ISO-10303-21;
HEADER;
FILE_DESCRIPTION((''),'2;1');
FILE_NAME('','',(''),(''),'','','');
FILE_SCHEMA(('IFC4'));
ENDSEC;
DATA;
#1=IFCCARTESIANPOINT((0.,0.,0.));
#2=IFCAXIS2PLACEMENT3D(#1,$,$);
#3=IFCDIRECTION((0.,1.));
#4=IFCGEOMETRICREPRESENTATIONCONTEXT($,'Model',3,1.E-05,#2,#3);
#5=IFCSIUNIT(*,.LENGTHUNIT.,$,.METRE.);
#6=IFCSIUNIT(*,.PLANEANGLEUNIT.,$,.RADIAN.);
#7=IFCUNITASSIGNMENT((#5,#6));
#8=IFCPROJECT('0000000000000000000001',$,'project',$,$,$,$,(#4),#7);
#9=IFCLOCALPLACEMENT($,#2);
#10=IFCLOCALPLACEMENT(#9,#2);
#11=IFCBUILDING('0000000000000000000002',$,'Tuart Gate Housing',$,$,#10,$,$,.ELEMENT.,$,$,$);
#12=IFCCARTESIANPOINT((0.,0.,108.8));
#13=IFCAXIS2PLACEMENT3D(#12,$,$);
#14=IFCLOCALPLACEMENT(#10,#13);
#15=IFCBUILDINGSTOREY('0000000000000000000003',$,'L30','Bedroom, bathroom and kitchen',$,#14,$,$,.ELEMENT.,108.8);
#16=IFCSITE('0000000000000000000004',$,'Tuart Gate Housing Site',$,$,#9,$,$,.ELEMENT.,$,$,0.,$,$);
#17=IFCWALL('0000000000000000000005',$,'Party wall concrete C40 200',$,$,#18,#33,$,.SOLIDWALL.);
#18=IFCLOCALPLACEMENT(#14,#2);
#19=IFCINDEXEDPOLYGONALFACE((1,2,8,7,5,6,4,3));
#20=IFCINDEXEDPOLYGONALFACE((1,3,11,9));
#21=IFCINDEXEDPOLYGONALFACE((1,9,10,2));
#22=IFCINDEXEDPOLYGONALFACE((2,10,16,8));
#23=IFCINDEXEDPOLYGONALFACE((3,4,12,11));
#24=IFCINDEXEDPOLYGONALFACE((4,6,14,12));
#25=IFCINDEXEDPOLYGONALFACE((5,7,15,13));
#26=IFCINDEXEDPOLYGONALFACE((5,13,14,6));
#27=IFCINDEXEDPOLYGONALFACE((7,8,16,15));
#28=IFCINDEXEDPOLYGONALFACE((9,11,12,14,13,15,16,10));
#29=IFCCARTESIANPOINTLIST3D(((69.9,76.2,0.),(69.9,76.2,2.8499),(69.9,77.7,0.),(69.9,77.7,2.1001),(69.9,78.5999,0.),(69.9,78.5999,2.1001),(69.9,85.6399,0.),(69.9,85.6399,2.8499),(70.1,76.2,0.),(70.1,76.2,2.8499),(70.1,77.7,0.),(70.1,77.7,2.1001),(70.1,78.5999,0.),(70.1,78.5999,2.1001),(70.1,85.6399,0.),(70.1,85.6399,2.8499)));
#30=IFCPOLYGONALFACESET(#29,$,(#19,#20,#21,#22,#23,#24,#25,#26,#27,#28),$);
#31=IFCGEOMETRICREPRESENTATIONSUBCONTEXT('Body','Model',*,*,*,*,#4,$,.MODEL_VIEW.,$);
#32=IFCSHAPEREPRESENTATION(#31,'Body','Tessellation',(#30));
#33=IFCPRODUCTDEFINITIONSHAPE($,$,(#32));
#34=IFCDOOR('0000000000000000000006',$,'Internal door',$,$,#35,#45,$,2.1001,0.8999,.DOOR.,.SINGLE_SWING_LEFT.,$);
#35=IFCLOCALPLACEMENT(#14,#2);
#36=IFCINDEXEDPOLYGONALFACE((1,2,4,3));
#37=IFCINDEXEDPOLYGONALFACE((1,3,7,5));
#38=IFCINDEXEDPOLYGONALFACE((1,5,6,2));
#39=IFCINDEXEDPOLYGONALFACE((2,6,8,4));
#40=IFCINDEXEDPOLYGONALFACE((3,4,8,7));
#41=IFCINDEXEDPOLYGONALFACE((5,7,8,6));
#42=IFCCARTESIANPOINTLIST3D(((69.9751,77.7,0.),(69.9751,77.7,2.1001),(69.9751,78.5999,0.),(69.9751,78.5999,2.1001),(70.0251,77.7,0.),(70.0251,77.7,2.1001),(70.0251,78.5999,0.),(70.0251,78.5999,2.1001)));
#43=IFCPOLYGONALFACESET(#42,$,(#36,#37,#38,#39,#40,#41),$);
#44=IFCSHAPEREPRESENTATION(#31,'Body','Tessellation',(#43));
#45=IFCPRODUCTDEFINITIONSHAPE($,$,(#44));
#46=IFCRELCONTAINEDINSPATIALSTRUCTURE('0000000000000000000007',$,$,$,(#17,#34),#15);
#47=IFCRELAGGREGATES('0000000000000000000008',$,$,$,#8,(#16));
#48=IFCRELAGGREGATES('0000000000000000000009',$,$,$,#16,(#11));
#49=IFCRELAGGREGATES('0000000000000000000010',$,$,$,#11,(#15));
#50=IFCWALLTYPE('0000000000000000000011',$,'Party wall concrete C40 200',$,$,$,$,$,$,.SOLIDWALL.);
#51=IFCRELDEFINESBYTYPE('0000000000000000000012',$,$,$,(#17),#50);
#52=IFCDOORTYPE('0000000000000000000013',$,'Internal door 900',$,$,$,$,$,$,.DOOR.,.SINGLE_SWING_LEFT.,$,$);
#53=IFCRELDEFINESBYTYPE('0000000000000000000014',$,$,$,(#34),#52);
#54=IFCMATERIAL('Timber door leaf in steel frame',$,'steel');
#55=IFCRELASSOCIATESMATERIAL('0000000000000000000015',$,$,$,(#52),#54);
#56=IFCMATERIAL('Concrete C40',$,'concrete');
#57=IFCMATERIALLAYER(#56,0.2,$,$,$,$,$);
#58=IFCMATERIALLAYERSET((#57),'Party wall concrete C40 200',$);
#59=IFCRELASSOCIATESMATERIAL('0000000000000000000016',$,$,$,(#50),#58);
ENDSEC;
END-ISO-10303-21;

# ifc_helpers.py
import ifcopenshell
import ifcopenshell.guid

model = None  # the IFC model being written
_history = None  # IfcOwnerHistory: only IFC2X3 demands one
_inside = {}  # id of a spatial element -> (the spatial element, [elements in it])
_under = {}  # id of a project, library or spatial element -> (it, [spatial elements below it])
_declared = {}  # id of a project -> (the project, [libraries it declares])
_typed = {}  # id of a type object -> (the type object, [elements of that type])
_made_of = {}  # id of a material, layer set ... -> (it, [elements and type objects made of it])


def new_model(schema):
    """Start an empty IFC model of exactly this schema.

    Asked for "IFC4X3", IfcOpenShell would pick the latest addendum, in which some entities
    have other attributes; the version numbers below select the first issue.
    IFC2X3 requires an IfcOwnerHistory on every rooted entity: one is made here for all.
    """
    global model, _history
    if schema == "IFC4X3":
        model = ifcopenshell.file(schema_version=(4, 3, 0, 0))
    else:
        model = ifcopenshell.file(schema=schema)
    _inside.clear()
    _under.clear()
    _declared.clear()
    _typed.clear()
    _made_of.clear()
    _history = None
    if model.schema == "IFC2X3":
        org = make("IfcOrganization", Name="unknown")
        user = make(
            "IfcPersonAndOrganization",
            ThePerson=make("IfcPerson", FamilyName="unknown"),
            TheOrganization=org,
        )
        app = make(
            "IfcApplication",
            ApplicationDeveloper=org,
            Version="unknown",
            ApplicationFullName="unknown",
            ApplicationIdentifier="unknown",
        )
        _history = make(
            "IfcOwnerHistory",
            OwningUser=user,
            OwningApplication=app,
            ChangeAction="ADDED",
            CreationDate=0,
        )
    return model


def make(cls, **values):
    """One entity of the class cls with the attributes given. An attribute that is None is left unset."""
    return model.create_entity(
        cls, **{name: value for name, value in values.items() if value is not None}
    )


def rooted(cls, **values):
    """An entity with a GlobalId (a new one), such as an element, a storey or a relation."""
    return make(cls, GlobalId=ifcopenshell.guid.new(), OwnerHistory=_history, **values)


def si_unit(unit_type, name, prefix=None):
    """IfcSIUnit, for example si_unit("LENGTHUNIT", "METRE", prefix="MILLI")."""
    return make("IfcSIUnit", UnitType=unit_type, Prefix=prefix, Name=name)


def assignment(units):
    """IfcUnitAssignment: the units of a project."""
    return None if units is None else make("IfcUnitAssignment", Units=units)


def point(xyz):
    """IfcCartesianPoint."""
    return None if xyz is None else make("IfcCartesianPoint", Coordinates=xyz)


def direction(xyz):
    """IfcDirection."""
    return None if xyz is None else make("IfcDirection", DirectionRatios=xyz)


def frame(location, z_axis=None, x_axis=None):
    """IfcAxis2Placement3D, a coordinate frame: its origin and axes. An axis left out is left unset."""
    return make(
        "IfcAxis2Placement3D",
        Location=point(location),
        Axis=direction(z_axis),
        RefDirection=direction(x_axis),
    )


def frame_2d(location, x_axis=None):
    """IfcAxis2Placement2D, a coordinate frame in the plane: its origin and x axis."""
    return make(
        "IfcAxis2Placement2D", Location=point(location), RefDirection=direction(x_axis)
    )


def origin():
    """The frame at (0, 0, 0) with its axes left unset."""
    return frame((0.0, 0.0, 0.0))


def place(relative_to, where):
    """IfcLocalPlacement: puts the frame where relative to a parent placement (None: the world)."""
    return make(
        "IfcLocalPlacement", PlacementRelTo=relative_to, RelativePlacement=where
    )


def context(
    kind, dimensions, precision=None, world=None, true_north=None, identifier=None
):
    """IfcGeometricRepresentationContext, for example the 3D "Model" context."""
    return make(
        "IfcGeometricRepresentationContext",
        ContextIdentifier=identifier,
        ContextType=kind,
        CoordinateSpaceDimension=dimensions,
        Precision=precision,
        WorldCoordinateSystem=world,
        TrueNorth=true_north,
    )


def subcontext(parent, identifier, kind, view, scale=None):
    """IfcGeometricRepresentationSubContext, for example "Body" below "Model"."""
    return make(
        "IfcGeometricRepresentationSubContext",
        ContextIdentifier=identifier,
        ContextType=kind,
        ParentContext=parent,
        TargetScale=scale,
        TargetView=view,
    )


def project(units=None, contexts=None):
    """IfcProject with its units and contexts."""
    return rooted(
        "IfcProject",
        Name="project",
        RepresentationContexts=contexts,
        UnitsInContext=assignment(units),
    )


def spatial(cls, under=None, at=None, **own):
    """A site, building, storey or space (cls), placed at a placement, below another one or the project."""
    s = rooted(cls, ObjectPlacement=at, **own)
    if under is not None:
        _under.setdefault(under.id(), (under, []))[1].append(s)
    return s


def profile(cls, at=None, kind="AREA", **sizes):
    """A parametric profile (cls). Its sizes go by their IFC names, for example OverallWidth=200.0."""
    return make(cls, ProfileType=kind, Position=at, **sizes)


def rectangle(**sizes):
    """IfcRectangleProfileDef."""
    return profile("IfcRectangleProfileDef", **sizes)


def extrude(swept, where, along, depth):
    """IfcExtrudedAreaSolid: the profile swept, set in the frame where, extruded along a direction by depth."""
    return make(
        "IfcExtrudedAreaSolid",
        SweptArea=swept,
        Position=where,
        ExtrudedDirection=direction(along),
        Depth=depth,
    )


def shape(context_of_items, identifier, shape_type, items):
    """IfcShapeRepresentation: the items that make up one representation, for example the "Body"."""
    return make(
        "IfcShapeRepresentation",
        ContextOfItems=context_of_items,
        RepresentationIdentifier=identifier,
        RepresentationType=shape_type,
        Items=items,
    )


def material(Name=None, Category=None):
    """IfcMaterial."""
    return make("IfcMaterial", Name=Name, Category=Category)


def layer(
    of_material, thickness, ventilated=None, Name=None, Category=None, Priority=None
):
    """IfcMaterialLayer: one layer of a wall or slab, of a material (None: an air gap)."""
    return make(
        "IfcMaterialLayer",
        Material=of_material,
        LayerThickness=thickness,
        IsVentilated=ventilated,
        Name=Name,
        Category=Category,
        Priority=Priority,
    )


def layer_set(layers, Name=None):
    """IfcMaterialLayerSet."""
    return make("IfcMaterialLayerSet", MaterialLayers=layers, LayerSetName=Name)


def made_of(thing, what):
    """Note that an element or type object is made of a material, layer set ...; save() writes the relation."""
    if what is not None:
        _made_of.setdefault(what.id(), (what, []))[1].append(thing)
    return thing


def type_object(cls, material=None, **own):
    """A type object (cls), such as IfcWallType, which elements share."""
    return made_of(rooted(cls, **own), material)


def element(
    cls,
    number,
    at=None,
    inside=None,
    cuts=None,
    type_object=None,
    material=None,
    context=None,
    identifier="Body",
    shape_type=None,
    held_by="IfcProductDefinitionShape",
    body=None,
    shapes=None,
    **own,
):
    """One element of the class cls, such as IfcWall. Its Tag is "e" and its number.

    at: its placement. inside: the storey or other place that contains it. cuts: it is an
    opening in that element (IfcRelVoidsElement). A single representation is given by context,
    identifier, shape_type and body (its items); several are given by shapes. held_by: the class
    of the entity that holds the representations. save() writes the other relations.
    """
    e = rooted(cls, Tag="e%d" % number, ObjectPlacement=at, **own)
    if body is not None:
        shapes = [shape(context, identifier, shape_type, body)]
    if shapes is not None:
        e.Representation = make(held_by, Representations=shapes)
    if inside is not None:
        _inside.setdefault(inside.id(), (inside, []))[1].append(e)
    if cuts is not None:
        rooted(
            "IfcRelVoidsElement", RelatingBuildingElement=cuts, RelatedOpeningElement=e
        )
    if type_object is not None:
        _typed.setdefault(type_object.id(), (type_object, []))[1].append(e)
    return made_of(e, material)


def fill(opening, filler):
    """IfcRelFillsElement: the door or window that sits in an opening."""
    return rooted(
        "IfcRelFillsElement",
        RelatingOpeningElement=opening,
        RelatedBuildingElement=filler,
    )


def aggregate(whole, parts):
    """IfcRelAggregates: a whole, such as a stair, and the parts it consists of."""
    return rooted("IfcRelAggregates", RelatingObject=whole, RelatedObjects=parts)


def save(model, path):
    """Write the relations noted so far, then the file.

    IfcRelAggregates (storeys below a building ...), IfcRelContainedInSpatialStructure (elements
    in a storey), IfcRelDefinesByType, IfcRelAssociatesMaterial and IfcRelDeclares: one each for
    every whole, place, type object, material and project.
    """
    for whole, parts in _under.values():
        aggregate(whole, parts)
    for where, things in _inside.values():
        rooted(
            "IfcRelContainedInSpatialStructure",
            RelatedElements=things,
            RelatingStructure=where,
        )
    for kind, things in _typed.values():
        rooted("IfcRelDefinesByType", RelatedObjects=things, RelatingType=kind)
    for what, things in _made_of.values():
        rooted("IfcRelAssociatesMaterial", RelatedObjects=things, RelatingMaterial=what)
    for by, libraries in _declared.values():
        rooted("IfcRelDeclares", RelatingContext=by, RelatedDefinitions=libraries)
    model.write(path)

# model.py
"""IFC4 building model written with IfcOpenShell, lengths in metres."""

from ifc_helpers import new_model, si_unit, direction, frame, frame_2d, origin, place, context, subcontext, project, spatial, rectangle, extrude, material, layer, layer_set, type_object, element, fill, save


model = new_model("IFC4")

# Units and contexts
model_context = context("Model", 3, precision=1e-05, world=origin(), true_north=direction((0.0, 1.0)))
body_context = subcontext(model_context, "Body", "Model", "MODEL_VIEW")
ifc_project = project(units=[si_unit("LENGTHUNIT", "METRE"), si_unit("PLANEANGLEUNIT", "RADIAN")], contexts=[model_context])

# Site, building, storey
site_placement = place(None, origin())
site = spatial("IfcSite", under=ifc_project, at=site_placement, Name="Tuart Gate Housing Site", CompositionType="ELEMENT", RefElevation=0.0)
building_placement = place(site_placement, origin())
building = spatial("IfcBuilding", under=site, at=building_placement, Name="Tuart Gate Housing", CompositionType="ELEMENT")
storey_placement = place(building_placement, frame((0.0, 0.0, 108.8)))
storey = spatial("IfcBuildingStorey", under=building, at=storey_placement, Name="L30", Description="Bedroom, bathroom and kitchen", CompositionType="ELEMENT", Elevation=108.8)

# Shared definitions
ifc_material_1 = material(Name="Timber door leaf in steel frame", Category="steel")
door_type_1 = type_object("IfcDoorType", Name="Internal door 900", OperationType="SINGLE_SWING_LEFT", PredefinedType="DOOR", material=ifc_material_1)

# Shared definitions
ifc_material_2 = material(Name="Concrete C40", Category="concrete")
ifc_layer_1 = layer(ifc_material_2, 0.2)
ifc_layer_set_1 = layer_set([ifc_layer_1], Name="Party wall concrete C40 200")
wall_type_1 = type_object("IfcWallType", Name="Party wall concrete C40 200", PredefinedType="SOLIDWALL", material=ifc_layer_set_1)

# Wall, opening, door
wall_1_placement = place(storey_placement, frame((70.0, 76.2, 0.0), z_axis=(0.0, 0.0, 1.0), x_axis=(0.0, 1.0, 0.0)))
wall_1 = element("IfcWall", 1, at=wall_1_placement, inside=storey, type_object=wall_type_1, Name="Party wall concrete C40 200", PredefinedType="SOLIDWALL", context=body_context, shape_type="SweptSolid", body=[
    extrude(rectangle(XDim=9.4399, YDim=0.2, at=frame_2d((4.72, 0.0))), origin(), (0.0, 0.0, 1.0), 2.8499),
])
opening_1_placement = place(wall_1_placement, frame((1.5, 0.0, 0.0)))
opening_1 = element("IfcOpeningElement", 2, at=opening_1_placement, cuts=wall_1, PredefinedType="OPENING", context=body_context, shape_type="SweptSolid", body=[
    extrude(rectangle(XDim=0.8999, YDim=2.1001, at=frame_2d((0.45, 1.05))), frame((0.0, 0.1099, 0.0), z_axis=(0.0, -1.0, 0.0), x_axis=(1.0, 0.0, 0.0)), (0.0, 0.0, 1.0), 0.22),
])
door_1_placement = place(opening_1_placement, origin())
door_1 = element("IfcDoor", 3, at=door_1_placement, inside=storey, type_object=door_type_1, Name="Internal door", OperationType="SINGLE_SWING_LEFT", OverallHeight=2.1001, OverallWidth=0.8999, PredefinedType="DOOR", context=body_context, shape_type="SweptSolid", body=[
    extrude(rectangle(XDim=0.8999, YDim=2.1001, at=frame_2d((0.45, 1.05))), frame((0.0, 0.0249, 0.0), z_axis=(0.0, -1.0, 0.0), x_axis=(1.0, 0.0, 0.0)), (0.0, 0.0, 1.0), 0.05),
])
fill(opening_1, door_1)

save(model, "model.ifc")
